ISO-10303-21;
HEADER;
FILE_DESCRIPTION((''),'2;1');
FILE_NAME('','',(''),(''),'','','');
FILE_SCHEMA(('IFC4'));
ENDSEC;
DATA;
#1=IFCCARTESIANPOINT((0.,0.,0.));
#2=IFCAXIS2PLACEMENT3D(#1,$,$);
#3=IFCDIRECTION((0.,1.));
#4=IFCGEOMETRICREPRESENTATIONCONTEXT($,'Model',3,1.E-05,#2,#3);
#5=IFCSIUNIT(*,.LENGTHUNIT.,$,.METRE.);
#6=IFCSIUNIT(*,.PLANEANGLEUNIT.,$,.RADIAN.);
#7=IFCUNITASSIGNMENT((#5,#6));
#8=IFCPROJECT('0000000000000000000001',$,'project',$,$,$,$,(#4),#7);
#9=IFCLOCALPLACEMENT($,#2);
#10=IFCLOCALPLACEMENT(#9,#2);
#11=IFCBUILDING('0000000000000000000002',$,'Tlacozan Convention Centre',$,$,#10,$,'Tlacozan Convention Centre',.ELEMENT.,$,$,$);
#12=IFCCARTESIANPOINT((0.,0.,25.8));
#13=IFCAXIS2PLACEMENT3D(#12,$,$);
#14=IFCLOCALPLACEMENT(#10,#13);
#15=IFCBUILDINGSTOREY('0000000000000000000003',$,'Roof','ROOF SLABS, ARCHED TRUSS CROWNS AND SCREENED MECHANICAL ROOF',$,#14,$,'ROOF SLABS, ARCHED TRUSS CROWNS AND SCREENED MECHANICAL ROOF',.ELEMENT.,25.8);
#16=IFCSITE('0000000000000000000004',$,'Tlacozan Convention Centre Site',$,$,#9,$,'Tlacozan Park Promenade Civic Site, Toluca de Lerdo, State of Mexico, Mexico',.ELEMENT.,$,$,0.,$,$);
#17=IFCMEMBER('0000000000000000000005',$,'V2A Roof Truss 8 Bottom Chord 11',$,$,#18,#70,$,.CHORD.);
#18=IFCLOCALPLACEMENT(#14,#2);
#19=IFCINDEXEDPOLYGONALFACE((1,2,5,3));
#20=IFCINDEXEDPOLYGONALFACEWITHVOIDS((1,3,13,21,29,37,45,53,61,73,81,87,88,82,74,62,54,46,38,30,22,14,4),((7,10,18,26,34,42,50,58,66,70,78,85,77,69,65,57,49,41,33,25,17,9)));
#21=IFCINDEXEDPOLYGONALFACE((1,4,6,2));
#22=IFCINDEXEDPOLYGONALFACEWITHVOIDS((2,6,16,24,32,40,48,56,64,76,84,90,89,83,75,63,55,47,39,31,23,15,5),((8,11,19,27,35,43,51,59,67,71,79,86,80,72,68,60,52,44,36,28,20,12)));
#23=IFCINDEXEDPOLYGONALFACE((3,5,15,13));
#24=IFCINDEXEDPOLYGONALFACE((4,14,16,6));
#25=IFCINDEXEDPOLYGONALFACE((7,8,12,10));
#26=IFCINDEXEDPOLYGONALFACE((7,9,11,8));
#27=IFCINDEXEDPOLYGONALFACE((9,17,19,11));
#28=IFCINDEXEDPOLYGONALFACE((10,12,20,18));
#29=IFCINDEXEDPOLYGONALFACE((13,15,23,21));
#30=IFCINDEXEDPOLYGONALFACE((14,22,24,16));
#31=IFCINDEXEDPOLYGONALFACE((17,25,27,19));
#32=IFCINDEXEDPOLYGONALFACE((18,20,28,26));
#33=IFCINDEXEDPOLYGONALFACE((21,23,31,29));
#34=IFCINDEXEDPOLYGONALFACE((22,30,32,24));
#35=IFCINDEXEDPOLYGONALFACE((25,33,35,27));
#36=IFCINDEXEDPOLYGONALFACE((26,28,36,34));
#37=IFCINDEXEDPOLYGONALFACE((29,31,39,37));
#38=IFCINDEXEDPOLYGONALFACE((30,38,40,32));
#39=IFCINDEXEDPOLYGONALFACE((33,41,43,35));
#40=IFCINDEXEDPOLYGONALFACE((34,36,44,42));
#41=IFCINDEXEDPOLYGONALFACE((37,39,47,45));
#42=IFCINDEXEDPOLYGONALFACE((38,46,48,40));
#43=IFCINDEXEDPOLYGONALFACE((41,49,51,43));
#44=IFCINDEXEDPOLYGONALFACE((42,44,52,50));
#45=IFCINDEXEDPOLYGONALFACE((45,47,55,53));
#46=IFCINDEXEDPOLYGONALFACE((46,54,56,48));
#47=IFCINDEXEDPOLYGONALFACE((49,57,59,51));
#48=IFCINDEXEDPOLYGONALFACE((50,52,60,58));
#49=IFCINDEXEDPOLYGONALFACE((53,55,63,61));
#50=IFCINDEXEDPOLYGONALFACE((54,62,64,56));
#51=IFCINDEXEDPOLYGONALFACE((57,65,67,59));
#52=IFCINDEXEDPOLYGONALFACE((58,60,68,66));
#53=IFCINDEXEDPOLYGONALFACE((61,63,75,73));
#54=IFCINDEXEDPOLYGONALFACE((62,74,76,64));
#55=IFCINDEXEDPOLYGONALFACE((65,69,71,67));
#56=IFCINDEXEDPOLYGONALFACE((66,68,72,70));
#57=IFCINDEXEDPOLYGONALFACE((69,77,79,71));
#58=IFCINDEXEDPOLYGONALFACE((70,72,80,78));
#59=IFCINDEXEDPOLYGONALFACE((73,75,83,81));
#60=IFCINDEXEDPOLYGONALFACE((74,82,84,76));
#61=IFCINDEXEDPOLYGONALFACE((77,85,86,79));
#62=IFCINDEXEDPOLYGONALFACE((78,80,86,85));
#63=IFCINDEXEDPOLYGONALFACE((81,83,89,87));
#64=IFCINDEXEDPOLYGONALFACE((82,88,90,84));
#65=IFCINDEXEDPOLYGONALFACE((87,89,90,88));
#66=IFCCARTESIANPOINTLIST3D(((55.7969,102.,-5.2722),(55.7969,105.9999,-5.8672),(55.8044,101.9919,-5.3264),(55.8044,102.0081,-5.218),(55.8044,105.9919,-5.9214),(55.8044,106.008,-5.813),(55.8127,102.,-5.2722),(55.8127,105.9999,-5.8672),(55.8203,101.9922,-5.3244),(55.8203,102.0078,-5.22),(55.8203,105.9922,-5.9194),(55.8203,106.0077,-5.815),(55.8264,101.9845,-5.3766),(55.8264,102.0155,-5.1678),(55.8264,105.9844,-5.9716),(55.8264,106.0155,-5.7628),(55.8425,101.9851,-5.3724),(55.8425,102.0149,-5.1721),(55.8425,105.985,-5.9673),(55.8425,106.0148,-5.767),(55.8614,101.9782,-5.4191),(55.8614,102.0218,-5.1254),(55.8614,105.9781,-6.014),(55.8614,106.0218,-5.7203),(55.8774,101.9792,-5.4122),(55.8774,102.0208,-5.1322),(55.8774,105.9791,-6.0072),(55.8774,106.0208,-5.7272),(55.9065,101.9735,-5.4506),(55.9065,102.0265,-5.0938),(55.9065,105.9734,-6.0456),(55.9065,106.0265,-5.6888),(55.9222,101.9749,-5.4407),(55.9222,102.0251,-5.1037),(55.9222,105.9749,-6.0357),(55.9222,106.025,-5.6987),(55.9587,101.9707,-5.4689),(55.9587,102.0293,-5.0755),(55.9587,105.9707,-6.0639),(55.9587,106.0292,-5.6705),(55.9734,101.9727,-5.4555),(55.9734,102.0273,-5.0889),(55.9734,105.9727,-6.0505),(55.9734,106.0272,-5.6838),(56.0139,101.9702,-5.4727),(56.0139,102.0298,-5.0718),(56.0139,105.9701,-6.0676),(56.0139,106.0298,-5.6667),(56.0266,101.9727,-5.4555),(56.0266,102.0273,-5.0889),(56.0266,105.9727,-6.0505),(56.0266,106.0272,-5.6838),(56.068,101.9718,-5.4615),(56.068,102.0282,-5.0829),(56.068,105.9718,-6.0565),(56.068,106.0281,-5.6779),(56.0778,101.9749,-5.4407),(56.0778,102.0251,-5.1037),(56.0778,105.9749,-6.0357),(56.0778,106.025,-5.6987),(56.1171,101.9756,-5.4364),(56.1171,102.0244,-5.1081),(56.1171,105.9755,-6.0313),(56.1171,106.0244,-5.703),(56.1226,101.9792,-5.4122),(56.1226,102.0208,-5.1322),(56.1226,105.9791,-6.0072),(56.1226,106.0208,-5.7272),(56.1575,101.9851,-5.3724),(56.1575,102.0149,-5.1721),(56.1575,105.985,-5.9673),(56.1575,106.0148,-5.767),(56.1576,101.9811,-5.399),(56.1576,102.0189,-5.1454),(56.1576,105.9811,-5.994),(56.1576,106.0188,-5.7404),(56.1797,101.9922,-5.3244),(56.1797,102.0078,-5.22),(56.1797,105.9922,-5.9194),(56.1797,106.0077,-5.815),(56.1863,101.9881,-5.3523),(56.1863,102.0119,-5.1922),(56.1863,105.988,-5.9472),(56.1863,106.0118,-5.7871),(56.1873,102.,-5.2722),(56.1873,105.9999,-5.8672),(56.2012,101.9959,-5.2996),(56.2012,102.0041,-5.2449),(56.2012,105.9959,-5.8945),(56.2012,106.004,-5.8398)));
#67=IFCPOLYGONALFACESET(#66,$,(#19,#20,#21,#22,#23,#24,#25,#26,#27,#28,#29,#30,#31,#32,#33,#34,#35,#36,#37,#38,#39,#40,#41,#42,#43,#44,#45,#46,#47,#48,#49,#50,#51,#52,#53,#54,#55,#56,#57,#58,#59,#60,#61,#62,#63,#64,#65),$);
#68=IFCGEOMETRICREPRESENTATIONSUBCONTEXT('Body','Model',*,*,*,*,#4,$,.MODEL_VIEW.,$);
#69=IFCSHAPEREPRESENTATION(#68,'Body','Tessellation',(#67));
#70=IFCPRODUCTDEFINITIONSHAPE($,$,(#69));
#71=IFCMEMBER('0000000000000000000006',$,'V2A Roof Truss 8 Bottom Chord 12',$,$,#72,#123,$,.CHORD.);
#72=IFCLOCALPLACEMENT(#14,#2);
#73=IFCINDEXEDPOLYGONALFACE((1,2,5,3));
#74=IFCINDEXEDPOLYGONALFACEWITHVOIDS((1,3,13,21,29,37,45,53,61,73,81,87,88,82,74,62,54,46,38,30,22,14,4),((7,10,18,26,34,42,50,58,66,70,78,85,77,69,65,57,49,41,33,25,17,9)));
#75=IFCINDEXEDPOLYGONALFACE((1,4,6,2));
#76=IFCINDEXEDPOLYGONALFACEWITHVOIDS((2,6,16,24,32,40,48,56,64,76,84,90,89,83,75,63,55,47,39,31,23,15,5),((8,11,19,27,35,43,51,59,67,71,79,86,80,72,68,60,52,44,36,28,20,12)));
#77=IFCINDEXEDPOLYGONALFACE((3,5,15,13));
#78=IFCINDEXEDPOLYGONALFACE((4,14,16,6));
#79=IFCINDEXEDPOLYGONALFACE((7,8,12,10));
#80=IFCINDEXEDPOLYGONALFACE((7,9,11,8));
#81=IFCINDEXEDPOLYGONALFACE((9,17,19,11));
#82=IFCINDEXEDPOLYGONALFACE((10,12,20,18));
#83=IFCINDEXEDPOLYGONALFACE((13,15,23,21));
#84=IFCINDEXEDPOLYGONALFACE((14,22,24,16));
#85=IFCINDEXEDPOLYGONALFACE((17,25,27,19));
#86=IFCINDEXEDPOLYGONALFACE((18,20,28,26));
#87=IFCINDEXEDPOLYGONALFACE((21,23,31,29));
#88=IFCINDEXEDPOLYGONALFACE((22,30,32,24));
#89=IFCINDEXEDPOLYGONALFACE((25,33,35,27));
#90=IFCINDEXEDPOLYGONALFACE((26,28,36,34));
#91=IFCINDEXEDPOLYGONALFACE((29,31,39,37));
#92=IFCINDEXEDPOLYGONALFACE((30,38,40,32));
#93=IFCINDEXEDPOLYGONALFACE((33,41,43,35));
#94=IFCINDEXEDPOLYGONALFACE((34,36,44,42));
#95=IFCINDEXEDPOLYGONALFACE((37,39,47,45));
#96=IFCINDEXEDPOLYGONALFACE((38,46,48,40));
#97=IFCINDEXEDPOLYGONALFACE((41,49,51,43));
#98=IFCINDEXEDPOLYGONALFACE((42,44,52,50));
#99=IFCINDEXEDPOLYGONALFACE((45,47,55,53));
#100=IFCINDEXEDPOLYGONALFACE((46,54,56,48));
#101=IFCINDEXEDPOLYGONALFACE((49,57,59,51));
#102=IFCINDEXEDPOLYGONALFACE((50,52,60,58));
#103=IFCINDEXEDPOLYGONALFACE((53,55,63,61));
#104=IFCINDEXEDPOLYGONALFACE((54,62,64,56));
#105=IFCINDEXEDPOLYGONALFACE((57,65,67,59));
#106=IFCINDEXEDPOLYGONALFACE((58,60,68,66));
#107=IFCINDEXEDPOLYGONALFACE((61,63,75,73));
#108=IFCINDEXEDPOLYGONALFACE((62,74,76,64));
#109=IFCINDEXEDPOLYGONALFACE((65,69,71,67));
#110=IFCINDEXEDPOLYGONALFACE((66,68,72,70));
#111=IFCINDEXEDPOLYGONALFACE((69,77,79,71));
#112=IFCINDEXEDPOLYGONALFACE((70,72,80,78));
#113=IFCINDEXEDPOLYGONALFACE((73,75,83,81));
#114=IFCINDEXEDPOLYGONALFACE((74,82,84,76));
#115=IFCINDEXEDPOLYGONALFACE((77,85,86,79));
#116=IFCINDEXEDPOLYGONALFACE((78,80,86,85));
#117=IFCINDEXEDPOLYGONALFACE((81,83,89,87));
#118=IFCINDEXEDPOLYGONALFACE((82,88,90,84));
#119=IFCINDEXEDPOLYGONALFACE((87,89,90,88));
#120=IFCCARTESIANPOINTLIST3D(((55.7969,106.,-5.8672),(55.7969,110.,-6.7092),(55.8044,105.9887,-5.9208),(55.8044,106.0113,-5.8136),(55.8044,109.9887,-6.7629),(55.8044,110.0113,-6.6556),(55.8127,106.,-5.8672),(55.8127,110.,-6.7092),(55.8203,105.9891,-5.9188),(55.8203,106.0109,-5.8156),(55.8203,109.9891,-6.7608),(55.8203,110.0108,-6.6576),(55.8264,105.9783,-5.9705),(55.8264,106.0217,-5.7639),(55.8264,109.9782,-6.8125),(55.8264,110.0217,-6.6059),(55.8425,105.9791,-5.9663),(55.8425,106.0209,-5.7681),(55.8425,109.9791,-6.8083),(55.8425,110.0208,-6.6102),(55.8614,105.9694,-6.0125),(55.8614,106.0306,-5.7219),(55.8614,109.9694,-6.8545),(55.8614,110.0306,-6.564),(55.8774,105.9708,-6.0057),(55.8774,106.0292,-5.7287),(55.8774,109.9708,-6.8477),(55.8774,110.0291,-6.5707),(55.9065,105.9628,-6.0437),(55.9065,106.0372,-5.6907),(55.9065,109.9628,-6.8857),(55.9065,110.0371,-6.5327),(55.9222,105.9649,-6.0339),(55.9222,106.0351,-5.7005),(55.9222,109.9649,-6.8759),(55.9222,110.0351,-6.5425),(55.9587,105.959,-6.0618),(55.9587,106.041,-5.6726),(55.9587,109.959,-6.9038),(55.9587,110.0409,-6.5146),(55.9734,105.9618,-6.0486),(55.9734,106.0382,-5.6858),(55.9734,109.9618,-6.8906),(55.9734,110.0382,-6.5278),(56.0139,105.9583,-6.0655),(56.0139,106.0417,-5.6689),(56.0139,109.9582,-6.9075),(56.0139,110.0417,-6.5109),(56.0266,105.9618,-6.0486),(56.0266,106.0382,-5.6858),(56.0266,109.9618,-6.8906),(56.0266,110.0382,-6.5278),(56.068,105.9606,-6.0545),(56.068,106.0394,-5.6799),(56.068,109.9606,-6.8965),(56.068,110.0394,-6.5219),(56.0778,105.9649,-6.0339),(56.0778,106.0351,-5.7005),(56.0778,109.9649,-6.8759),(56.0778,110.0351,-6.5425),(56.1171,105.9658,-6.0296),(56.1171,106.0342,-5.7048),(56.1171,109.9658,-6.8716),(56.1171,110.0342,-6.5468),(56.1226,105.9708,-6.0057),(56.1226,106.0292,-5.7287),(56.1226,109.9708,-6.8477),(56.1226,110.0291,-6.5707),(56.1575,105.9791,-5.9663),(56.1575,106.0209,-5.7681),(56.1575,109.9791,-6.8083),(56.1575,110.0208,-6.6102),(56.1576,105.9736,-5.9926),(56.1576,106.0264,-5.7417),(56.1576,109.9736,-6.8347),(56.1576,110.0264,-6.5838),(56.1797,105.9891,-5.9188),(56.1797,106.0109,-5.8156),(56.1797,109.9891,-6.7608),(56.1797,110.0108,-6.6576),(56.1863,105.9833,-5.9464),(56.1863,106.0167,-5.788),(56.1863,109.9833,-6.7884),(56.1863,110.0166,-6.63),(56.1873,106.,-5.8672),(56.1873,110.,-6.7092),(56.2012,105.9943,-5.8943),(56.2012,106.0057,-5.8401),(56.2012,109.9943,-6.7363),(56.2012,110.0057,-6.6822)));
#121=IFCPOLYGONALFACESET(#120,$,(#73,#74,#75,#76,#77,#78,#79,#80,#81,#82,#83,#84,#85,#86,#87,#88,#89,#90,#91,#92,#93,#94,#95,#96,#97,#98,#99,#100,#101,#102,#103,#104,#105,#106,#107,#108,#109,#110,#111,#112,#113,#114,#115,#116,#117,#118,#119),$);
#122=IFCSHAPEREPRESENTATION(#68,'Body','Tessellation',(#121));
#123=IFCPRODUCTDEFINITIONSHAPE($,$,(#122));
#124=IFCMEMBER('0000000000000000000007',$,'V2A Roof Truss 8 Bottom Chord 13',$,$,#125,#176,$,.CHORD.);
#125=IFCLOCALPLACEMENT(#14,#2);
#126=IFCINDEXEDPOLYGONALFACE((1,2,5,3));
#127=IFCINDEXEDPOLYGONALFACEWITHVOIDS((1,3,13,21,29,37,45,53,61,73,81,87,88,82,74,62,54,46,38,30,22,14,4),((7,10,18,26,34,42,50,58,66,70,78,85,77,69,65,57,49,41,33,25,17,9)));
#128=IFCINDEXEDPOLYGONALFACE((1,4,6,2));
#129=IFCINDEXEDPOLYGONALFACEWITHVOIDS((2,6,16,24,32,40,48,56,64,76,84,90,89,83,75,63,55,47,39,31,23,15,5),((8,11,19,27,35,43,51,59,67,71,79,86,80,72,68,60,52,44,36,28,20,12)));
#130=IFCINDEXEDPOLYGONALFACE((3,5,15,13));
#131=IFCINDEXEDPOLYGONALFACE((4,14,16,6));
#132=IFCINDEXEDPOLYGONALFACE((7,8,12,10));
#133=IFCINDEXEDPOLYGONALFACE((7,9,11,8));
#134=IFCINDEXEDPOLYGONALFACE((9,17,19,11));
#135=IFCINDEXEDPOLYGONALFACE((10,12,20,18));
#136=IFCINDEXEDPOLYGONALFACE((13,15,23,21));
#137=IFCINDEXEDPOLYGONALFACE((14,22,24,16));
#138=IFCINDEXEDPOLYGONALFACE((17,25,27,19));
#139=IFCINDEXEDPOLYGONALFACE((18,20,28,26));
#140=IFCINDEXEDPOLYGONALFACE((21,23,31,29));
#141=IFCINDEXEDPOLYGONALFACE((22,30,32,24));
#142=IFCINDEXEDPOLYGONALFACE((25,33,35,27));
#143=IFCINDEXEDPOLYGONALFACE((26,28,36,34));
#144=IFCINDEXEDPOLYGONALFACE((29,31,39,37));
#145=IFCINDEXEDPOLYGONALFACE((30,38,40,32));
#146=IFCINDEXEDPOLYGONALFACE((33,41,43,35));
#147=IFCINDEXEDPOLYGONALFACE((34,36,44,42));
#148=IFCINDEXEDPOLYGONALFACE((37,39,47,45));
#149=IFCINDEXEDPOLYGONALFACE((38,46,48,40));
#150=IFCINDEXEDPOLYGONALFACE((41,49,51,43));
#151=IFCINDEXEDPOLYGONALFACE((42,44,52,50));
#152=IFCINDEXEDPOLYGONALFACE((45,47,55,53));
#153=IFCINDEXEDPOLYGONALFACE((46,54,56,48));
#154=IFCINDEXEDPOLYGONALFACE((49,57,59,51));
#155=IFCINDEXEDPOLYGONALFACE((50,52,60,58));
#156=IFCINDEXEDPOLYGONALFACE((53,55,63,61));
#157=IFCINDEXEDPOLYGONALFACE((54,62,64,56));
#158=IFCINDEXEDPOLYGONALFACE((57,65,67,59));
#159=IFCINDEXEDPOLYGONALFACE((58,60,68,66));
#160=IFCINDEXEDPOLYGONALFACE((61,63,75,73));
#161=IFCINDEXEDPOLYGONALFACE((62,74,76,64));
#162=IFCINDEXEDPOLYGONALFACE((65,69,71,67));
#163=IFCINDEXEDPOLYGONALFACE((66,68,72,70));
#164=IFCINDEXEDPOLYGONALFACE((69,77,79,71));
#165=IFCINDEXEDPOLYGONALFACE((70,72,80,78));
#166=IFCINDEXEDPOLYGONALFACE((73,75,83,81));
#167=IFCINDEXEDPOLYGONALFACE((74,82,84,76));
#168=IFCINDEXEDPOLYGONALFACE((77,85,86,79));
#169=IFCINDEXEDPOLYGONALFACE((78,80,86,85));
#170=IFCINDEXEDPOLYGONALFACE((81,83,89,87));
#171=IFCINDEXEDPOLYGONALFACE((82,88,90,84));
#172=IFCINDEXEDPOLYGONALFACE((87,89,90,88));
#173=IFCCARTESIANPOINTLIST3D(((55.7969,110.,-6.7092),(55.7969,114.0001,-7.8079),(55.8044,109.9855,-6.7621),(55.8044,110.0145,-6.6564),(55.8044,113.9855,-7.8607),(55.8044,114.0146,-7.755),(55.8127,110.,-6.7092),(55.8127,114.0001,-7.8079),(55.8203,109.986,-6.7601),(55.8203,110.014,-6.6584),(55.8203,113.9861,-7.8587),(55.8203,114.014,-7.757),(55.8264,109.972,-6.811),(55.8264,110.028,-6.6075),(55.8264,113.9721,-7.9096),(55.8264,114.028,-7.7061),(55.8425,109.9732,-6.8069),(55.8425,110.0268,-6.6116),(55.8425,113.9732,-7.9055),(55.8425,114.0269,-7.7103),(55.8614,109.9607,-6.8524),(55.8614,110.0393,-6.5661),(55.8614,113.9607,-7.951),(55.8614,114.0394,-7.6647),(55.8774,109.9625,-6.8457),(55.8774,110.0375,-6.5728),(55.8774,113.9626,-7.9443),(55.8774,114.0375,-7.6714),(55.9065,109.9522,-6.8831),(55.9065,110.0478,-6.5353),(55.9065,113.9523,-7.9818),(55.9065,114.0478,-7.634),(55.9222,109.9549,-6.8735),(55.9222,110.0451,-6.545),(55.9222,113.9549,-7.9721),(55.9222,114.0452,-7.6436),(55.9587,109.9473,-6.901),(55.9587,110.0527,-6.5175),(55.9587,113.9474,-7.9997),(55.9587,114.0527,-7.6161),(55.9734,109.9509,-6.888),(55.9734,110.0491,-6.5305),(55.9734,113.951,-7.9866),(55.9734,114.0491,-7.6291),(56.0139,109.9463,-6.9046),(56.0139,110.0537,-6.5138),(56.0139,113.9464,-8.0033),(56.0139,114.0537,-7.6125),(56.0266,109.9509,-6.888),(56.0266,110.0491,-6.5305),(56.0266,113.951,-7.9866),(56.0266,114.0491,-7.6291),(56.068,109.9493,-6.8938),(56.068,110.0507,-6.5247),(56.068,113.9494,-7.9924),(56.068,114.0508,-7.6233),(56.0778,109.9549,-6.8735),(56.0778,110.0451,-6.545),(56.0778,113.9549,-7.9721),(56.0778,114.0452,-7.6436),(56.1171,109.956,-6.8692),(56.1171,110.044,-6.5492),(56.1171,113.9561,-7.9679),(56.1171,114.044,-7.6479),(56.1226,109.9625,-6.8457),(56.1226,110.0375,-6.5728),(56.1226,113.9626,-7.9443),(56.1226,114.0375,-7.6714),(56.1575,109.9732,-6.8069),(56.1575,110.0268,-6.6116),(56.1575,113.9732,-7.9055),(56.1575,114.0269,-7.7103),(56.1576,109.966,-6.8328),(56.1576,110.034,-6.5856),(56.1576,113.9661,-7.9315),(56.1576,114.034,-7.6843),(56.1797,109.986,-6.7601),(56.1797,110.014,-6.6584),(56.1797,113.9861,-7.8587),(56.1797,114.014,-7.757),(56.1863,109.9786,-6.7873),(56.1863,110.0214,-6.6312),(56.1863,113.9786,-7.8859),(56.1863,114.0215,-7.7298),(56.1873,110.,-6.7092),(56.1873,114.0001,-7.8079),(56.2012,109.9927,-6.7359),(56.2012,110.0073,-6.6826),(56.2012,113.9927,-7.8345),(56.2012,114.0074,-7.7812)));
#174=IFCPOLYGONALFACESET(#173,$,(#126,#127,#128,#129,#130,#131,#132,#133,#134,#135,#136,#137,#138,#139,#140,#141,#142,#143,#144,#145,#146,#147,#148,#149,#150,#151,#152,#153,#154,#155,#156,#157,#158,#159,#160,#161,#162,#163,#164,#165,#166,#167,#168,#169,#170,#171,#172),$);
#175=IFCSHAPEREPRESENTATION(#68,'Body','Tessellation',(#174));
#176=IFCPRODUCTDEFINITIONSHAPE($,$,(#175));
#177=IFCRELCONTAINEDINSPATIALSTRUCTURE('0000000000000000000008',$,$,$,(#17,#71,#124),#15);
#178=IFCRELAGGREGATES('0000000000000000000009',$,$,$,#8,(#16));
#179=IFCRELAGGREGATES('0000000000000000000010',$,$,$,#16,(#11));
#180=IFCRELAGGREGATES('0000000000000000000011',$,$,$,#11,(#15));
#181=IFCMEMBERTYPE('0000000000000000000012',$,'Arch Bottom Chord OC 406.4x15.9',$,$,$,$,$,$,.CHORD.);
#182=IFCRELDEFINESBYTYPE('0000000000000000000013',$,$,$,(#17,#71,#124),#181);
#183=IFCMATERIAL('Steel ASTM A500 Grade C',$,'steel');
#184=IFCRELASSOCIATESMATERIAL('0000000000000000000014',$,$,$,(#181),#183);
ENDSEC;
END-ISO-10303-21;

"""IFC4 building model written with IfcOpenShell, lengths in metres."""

from ifc_helpers import new_model, si_unit, direction, frame, origin, origin_2d, place, context, subcontext, project, spatial, hollow_circle, extrude, material, material_profile, profile_set, type_object, element, save


model = new_model("IFC4")

# Units and contexts
model_context = context("Model", 3, precision=1e-05, world=origin(), true_north=direction((0.0, 1.0)))
body_context = subcontext(model_context, "Body", "Model", "MODEL_VIEW")
ifc_project = project(units=[si_unit("LENGTHUNIT", "METRE"), si_unit("PLANEANGLEUNIT", "RADIAN")], contexts=[model_context])

# Site, building, storey
site_placement = place(None, origin())
site = spatial("IfcSite", under=ifc_project, at=site_placement, Name="Tlacozan Convention Centre Site", LongName="Tlacozan Park Promenade Civic Site, Toluca de Lerdo, State of Mexico, Mexico", CompositionType="ELEMENT", RefElevation=0.0)
building_placement = place(site_placement, origin())
building = spatial("IfcBuilding", under=site, at=building_placement, Name="Tlacozan Convention Centre", LongName="Tlacozan Convention Centre", CompositionType="ELEMENT")
storey_placement = place(building_placement, frame((0.0, 0.0, 25.8)))
storey = spatial("IfcBuildingStorey", under=building, at=storey_placement, Name="Roof", Description="ROOF SLABS, ARCHED TRUSS CROWNS AND SCREENED MECHANICAL ROOF", LongName="ROOF SLABS, ARCHED TRUSS CROWNS AND SCREENED MECHANICAL ROOF", CompositionType="ELEMENT", Elevation=25.8)

# Members
ifc_material_1 = material(Name="Steel ASTM A500 Grade C", Category="steel")
ifc_material_profile_1 = material_profile(ifc_material_1, hollow_circle(Radius=0.2031, WallThickness=0.0159, at=origin_2d()), Name="OC 406.4x15.9")
ifc_profile_set_1 = profile_set([ifc_material_profile_1], Name="Steel ASTM A500 Grade C")
member_type_1 = type_object("IfcMemberType", Name="Arch Bottom Chord OC 406.4x15.9", PredefinedType="CHORD", material=ifc_profile_set_1)
member_1_placement = place(storey_placement, frame((56.0, 102.0, -5.2722), z_axis=(0.0, 0.989118, -0.147124), x_axis=(-1.0, 0.0, 0.0)))
element("IfcMember", 1, at=member_1_placement, inside=storey, type_object=member_type_1, Name="V2A Roof Truss 8 Bottom Chord 11", PredefinedType="CHORD", context=body_context, shape_type="SweptSolid", body=[
    extrude(hollow_circle(Radius=0.2031, WallThickness=0.0159, at=origin_2d()), origin(), (0.0, 0.0, 1.0), 4.0439),
])
member_2_placement = place(storey_placement, frame((56.0, 106.0, -5.8672), z_axis=(0.0, 0.978553, -0.205995), x_axis=(-1.0, 0.0, 0.0)))
element("IfcMember", 2, at=member_2_placement, inside=storey, type_object=member_type_1, Name="V2A Roof Truss 8 Bottom Chord 12", PredefinedType="CHORD", context=body_context, shape_type="SweptSolid", body=[
    extrude(hollow_circle(Radius=0.2031, WallThickness=0.0159, at=origin_2d()), origin(), (0.0, 0.0, 1.0), 4.0876),
])
member_3_placement = place(storey_placement, frame((56.0, 110.0, -6.7092), z_axis=(0.0, 0.96429, -0.26485), x_axis=(-1.0, 0.0, 0.0)))
element("IfcMember", 3, at=member_3_placement, inside=storey, type_object=member_type_1, Name="V2A Roof Truss 8 Bottom Chord 13", PredefinedType="CHORD", context=body_context, shape_type="SweptSolid", body=[
    extrude(hollow_circle(Radius=0.2031, WallThickness=0.0159, at=origin_2d()), origin(), (0.0, 0.0, 1.0), 4.1482),
])

save(model, "model.ifc")
